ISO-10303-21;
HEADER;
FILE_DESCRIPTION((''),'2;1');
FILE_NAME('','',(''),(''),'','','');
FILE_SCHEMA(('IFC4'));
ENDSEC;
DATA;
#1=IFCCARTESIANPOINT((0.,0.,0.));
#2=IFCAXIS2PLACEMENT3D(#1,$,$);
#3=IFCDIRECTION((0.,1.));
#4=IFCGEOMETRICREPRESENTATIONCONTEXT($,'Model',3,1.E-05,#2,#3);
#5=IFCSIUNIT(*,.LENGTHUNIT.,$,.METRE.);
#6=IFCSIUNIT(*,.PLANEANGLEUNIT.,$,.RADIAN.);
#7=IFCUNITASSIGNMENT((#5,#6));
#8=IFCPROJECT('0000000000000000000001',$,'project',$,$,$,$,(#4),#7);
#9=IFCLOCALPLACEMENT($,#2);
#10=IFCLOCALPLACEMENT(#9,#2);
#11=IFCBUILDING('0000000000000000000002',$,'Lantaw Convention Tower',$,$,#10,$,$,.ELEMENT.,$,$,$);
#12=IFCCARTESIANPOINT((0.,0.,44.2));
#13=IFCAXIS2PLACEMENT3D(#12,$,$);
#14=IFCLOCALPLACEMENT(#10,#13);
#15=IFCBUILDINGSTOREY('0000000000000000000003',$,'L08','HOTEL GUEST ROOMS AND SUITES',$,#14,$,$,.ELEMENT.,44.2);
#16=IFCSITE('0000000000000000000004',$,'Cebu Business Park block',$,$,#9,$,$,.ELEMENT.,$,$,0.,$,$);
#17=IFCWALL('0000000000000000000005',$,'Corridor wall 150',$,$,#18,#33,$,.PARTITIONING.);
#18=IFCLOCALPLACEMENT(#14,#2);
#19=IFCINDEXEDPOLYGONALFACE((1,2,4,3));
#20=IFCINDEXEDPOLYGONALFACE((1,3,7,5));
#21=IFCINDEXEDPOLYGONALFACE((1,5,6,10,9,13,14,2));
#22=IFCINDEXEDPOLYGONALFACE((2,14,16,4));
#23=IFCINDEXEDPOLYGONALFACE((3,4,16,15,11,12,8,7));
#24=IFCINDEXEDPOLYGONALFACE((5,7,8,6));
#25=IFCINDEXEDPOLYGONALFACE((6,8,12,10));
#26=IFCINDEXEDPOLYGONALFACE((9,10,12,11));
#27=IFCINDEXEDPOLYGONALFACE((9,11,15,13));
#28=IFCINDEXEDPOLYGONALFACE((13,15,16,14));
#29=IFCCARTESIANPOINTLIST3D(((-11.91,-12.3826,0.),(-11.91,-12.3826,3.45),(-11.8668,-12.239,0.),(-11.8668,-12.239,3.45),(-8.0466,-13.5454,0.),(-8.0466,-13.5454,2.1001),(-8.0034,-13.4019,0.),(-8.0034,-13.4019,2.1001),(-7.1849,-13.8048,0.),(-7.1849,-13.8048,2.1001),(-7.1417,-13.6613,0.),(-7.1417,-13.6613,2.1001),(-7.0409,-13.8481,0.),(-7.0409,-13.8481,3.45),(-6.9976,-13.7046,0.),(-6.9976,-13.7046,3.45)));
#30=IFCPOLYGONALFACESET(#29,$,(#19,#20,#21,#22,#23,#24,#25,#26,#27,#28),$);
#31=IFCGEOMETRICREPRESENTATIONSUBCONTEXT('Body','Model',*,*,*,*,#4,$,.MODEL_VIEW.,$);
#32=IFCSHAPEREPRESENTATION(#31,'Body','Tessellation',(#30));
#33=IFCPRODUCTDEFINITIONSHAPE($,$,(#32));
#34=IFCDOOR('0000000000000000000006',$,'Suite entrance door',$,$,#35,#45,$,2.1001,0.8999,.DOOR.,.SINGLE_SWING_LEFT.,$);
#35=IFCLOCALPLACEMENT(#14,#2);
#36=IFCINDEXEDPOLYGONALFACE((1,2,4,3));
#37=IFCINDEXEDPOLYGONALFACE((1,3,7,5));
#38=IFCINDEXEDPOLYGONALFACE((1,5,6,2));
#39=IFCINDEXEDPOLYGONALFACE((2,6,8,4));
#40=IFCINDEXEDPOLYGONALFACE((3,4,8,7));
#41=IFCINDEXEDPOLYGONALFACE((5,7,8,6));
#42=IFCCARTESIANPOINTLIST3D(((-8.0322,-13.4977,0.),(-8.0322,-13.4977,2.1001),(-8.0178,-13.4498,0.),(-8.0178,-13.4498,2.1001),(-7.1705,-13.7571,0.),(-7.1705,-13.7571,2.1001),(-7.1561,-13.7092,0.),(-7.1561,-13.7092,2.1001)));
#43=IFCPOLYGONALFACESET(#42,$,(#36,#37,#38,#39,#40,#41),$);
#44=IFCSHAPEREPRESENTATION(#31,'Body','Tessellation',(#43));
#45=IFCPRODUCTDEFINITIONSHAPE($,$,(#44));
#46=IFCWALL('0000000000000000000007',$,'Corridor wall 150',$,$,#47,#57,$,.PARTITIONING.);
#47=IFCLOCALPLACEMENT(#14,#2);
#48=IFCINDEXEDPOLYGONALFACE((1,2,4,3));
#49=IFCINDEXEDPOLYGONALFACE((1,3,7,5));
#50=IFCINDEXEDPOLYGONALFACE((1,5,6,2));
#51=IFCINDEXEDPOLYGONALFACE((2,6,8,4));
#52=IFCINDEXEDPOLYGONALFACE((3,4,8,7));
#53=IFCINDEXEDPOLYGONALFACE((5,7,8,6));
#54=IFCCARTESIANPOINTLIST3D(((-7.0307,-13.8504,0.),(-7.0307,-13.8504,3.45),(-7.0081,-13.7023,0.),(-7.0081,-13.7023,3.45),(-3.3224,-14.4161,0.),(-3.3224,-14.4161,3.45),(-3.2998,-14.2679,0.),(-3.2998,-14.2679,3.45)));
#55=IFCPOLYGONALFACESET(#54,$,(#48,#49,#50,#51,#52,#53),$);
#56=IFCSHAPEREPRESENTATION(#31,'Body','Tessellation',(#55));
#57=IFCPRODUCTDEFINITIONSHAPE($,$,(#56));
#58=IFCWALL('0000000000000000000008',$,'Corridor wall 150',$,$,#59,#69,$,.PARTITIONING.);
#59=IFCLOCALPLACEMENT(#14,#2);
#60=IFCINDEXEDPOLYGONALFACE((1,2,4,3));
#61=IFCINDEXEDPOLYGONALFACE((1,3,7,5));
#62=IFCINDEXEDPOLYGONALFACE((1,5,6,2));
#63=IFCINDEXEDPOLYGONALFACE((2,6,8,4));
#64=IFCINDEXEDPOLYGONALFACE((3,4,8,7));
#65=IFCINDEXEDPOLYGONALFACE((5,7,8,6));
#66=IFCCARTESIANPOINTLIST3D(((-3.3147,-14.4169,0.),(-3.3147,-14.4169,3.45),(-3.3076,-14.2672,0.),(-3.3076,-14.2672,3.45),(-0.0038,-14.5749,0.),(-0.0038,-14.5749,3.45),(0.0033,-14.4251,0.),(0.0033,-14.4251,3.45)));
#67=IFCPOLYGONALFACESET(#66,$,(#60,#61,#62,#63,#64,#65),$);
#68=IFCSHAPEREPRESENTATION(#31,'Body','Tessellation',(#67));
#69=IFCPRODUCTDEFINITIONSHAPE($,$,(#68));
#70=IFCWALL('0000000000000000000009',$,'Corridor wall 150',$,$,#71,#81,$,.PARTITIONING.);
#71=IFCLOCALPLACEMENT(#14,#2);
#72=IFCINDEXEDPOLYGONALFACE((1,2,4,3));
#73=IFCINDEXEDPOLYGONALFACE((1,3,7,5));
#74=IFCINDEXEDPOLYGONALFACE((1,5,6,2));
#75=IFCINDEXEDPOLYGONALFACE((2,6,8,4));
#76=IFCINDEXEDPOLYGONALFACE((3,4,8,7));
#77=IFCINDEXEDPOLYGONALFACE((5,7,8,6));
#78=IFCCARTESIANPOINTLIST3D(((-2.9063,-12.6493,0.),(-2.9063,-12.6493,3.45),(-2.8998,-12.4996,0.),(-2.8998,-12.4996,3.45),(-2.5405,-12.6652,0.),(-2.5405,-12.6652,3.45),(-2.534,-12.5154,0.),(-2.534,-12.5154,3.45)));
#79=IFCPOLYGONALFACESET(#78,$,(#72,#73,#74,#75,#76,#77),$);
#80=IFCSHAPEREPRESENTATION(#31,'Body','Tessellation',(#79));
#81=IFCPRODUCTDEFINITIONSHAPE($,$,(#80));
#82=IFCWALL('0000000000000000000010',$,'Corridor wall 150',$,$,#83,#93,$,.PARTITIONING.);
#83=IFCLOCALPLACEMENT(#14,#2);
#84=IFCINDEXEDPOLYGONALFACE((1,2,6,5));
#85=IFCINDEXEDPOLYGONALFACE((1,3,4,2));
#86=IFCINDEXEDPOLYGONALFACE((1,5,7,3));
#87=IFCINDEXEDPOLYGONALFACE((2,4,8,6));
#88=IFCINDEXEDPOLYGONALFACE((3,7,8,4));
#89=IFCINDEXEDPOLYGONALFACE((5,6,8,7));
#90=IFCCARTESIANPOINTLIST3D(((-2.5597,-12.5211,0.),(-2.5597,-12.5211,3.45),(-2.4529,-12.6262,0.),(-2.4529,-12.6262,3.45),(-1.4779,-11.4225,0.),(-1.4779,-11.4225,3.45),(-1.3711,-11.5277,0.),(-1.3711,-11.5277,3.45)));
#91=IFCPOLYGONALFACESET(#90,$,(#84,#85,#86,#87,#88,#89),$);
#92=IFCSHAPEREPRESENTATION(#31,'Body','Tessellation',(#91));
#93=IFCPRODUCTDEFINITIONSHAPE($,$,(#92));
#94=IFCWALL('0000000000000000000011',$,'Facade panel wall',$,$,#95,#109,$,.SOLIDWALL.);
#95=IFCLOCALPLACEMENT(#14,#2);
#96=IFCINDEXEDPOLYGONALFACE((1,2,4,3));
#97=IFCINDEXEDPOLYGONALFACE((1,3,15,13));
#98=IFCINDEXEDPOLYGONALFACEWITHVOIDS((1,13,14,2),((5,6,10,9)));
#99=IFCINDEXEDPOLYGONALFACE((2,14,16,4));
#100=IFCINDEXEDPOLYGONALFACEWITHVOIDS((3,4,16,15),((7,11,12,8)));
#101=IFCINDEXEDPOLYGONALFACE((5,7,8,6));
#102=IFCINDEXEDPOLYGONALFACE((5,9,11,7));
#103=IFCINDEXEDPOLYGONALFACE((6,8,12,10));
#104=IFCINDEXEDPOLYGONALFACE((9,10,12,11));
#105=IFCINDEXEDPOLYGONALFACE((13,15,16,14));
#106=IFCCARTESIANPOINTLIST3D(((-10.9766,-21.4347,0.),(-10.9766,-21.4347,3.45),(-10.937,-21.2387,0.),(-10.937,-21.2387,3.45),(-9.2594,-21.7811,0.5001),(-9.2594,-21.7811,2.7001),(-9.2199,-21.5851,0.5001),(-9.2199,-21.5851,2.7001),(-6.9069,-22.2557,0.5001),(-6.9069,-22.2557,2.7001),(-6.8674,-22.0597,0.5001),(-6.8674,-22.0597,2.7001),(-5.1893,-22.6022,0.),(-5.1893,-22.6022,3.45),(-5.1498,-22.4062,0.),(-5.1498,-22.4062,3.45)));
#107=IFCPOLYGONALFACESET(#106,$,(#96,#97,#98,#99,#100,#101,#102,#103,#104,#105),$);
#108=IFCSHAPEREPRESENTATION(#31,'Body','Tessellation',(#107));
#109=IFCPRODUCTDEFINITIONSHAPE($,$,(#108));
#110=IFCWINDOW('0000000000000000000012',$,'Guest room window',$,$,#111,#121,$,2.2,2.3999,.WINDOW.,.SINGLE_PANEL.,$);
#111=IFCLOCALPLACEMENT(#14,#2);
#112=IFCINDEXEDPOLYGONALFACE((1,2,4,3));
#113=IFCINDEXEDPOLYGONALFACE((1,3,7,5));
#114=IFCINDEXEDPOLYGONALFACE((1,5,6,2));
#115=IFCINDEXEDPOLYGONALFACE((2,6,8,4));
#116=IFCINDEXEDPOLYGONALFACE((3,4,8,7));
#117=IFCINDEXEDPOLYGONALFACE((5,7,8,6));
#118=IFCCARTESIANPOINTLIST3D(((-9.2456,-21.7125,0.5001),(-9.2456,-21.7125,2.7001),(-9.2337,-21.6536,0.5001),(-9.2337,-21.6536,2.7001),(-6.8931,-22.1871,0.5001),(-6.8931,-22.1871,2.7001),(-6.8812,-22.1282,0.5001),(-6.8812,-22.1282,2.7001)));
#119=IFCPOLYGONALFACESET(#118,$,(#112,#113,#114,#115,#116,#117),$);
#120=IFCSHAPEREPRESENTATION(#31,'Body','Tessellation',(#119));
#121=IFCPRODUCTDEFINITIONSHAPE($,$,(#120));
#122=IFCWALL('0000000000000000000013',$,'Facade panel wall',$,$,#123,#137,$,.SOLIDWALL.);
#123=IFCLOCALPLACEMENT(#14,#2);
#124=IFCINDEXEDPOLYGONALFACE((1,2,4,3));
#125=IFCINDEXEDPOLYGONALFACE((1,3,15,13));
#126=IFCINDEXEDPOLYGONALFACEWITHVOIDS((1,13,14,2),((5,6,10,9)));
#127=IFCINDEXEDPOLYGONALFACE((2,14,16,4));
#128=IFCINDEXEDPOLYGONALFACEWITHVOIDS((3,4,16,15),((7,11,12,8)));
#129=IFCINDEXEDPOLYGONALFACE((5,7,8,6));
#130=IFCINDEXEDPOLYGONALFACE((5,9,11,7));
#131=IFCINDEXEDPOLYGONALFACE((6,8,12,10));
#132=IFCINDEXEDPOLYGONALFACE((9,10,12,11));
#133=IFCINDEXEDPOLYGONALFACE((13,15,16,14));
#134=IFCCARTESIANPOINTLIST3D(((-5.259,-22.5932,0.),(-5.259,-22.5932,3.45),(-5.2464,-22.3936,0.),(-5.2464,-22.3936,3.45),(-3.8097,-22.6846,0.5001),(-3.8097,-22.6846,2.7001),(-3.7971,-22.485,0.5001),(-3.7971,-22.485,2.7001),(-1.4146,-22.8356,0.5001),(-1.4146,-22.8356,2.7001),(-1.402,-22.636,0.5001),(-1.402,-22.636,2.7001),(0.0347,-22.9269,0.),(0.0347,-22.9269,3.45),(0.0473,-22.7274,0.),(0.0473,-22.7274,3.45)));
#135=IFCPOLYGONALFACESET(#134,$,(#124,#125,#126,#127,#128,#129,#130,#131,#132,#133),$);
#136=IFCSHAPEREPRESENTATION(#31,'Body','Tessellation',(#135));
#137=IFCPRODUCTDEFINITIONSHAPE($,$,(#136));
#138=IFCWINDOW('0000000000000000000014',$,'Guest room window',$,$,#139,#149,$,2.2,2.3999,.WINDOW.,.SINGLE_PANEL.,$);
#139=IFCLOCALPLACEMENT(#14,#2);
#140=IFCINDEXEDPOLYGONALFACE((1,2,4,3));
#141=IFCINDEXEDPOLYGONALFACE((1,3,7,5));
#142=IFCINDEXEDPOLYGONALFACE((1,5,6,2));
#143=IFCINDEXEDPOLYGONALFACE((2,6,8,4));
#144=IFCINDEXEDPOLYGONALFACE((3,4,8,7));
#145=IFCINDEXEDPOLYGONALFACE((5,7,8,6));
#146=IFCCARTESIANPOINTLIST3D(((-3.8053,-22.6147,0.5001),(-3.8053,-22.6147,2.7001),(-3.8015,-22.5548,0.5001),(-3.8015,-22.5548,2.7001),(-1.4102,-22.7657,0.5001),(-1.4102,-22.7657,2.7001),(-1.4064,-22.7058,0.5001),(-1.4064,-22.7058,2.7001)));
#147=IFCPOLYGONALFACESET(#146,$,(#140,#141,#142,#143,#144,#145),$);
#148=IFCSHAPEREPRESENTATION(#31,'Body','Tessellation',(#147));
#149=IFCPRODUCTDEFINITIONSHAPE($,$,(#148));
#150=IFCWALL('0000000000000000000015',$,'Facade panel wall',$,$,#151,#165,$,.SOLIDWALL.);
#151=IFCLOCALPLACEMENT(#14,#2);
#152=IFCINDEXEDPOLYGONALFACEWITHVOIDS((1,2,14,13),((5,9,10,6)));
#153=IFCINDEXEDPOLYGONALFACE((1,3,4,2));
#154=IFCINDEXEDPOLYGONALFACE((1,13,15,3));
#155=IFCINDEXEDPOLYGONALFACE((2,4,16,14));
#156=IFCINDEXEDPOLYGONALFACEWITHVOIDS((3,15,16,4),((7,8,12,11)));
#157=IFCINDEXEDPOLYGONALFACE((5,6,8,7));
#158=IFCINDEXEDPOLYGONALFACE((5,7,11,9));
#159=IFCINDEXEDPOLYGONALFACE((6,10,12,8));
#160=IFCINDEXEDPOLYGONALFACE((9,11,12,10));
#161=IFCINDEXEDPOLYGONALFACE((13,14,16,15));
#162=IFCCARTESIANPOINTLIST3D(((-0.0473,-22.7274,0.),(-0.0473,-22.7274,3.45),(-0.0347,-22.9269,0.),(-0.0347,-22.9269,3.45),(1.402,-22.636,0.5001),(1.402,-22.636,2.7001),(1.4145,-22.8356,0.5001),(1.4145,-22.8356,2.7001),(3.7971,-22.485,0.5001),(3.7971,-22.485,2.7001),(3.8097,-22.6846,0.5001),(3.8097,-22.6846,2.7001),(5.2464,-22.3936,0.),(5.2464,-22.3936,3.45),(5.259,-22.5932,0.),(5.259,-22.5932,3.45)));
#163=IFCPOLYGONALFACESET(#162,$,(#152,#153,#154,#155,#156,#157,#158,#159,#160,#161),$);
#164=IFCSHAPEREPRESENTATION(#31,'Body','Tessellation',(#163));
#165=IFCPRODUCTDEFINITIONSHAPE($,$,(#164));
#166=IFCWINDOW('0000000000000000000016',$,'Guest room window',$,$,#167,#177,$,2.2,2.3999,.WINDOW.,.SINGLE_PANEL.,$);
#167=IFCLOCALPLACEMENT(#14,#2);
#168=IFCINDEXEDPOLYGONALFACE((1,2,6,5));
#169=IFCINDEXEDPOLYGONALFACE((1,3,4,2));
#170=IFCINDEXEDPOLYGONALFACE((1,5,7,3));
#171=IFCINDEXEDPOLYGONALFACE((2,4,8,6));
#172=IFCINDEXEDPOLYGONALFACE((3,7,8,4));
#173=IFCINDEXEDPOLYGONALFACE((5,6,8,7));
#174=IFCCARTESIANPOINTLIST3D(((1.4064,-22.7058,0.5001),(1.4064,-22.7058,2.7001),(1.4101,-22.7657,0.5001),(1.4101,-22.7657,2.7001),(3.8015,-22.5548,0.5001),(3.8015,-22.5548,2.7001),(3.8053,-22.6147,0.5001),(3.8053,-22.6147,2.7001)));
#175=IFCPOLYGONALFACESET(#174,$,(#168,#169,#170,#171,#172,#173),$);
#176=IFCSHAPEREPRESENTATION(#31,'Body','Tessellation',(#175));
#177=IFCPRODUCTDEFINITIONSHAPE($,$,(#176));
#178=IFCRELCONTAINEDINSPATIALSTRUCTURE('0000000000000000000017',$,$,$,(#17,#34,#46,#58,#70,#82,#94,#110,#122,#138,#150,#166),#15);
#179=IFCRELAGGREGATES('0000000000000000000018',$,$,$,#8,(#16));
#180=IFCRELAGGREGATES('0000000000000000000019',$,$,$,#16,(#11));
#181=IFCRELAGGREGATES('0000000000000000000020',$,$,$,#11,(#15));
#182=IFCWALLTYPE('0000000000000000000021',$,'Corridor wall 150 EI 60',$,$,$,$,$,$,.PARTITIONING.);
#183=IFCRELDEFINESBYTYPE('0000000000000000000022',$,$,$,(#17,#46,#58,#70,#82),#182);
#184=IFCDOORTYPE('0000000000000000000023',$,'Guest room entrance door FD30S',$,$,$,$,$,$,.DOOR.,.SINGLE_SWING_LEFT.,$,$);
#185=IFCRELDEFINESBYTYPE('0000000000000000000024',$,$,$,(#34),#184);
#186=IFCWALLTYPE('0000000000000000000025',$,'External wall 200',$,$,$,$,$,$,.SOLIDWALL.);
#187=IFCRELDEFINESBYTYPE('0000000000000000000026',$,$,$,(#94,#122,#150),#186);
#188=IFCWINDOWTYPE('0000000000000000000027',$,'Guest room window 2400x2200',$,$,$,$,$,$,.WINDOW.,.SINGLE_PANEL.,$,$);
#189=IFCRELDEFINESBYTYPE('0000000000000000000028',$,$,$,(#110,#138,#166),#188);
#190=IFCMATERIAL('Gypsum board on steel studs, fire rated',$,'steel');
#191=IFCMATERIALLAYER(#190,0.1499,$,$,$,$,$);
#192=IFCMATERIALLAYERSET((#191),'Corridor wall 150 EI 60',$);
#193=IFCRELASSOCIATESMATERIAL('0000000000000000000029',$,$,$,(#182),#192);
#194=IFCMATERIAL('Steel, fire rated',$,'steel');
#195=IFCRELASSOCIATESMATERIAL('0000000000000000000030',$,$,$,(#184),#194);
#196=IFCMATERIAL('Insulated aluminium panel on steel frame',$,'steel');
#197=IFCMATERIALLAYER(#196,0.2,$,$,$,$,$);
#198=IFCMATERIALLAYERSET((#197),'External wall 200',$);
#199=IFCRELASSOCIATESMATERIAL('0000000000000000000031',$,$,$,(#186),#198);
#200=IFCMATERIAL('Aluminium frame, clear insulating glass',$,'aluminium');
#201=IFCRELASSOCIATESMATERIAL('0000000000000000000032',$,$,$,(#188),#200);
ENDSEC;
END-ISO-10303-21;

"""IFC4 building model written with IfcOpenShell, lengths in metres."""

from ifc_helpers import new_model, si_unit, direction, frame, frame_2d, origin, place, context, subcontext, project, spatial, rectangle, extrude, material, layer, layer_set, type_object, element, fill, save


model = new_model("IFC4")

# Units and contexts
model_context = context("Model", 3, precision=1e-05, world=origin(), true_north=direction((0.0, 1.0)))
body_context = subcontext(model_context, "Body", "Model", "MODEL_VIEW")
ifc_project = project(units=[si_unit("LENGTHUNIT", "METRE"), si_unit("PLANEANGLEUNIT", "RADIAN")], contexts=[model_context])

# Site, building, storey
site_placement = place(None, origin())
site = spatial("IfcSite", under=ifc_project, at=site_placement, Name="Cebu Business Park block", CompositionType="ELEMENT", RefElevation=0.0)
building_placement = place(site_placement, origin())
building = spatial("IfcBuilding", under=site, at=building_placement, Name="Lantaw Convention Tower", CompositionType="ELEMENT")
storey_placement = place(building_placement, frame((0.0, 0.0, 44.2)))
storey = spatial("IfcBuildingStorey", under=building, at=storey_placement, Name="L08", Description="HOTEL GUEST ROOMS AND SUITES", CompositionType="ELEMENT", Elevation=44.2)

# Wall, opening, door
ifc_material_1 = material(Name="Gypsum board on steel studs, fire rated", Category="steel")
ifc_layer_1 = layer(ifc_material_1, 0.1499)
ifc_layer_set_1 = layer_set([ifc_layer_1], Name="Corridor wall 150 EI 60")
wall_type_1 = type_object("IfcWallType", Name="Corridor wall 150 EI 60", PredefinedType="PARTITIONING", material=ifc_layer_set_1)
wall_1_placement = place(storey_placement, frame((-11.8884, -12.3108, 0.0), z_axis=(0.0, 0.0, 1.0), x_axis=(0.957564, -0.28822, 0.0)))
wall_1 = element("IfcWall", 1, at=wall_1_placement, inside=storey, type_object=wall_type_1, Name="Corridor wall 150", PredefinedType="PARTITIONING", context=body_context, shape_type="SweptSolid", body=[
    extrude(rectangle(XDim=5.085, YDim=0.1499, at=frame_2d((2.5425, 0.0))), origin(), (0.0, 0.0, 1.0), 3.45),
])
opening_1_placement = place(wall_1_placement, frame((4.0347, 0.0, 0.0)))
opening_1 = element("IfcOpeningElement", 2, at=opening_1_placement, cuts=wall_1, PredefinedType="OPENING", context=body_context, shape_type="SweptSolid", body=[
    extrude(rectangle(XDim=0.8999, YDim=2.1001, at=frame_2d((0.45, 1.05))), frame((0.0, 0.085, 0.0), z_axis=(0.0, -1.0, 0.0), x_axis=(1.0, 0.0, 0.0)), (0.0, 0.0, 1.0), 0.1699),
])
ifc_material_2 = material(Name="Steel, fire rated", Category="steel")
door_type_1 = type_object("IfcDoorType", Name="Guest room entrance door FD30S", OperationType="SINGLE_SWING_LEFT", PredefinedType="DOOR", material=ifc_material_2)
door_1_placement = place(opening_1_placement, origin())
door_1 = element("IfcDoor", 3, at=door_1_placement, inside=storey, type_object=door_type_1, Name="Suite entrance door", OperationType="SINGLE_SWING_LEFT", OverallHeight=2.1001, OverallWidth=0.8999, PredefinedType="DOOR", context=body_context, shape_type="SweptSolid", body=[
    extrude(rectangle(XDim=0.8999, YDim=2.1001, at=frame_2d((0.45, 1.05))), frame((0.0, 0.0249, 0.0), z_axis=(0.0, -1.0, 0.0), x_axis=(1.0, 0.0, 0.0)), (0.0, 0.0, 1.0), 0.05),
])
fill(opening_1, door_1)

# Walls
wall_2_placement = place(storey_placement, frame((-7.0193, -13.7764, 0.0), z_axis=(0.0, 0.0, 1.0), x_axis=(0.988564, -0.1508, 0.0)))
element("IfcWall", 4, at=wall_2_placement, inside=storey, type_object=wall_type_1, Name="Corridor wall 150", PredefinedType="PARTITIONING", context=body_context, shape_type="SweptSolid", body=[
    extrude(rectangle(XDim=3.7512, YDim=0.1499, at=frame_2d((1.8755, 0.0))), origin(), (0.0, 0.0, 1.0), 3.45),
])
wall_3_placement = place(storey_placement, frame((-3.311, -14.342, 0.0), z_axis=(0.0, 0.0, 1.0), x_axis=(0.998864, -0.047653, 0.0)))
element("IfcWall", 5, at=wall_3_placement, inside=storey, type_object=wall_type_1, Name="Corridor wall 150", PredefinedType="PARTITIONING", context=body_context, shape_type="SweptSolid", body=[
    extrude(rectangle(XDim=3.3147, YDim=0.1499, at=frame_2d((1.6572, 0.0))), origin(), (0.0, 0.0, 1.0), 3.45),
])
wall_4_placement = place(storey_placement, frame((-2.9031, -12.5745, 0.0), z_axis=(0.0, 0.0, 1.0), x_axis=(0.999061, -0.043322, 0.0)))
element("IfcWall", 6, at=wall_4_placement, inside=storey, type_object=wall_type_1, Name="Corridor wall 150", PredefinedType="PARTITIONING", context=body_context, shape_type="SweptSolid", body=[
    extrude(rectangle(XDim=0.3662, YDim=0.1499, at=frame_2d((0.1831, 0.0))), origin(), (0.0, 0.0, 1.0), 3.45),
])
wall_5_placement = place(storey_placement, frame((-2.5063, -12.5737, 0.0), z_axis=(0.0, 0.0, 1.0), x_axis=(0.701623, 0.712549, 0.0)))
element("IfcWall", 7, at=wall_5_placement, inside=storey, type_object=wall_type_1, Name="Corridor wall 150", PredefinedType="PARTITIONING", context=body_context, shape_type="SweptSolid", body=[
    extrude(rectangle(XDim=1.5417, YDim=0.1499, at=frame_2d((0.771, 0.0))), origin(), (0.0, 0.0, 1.0), 3.45),
])

# Walls, openings, windows
ifc_material_3 = material(Name="Insulated aluminium panel on steel frame", Category="steel")
ifc_layer_2 = layer(ifc_material_3, 0.2)
ifc_layer_set_2 = layer_set([ifc_layer_2], Name="External wall 200")
wall_type_2 = type_object("IfcWallType", Name="External wall 200", PredefinedType="SOLIDWALL", material=ifc_layer_set_2)
wall_6_placement = place(storey_placement, frame((-10.9568, -21.3367, 0.0), z_axis=(0.0, 0.0, 1.0), x_axis=(0.980252, -0.197754, 0.0)))
wall_6 = element("IfcWall", 8, at=wall_6_placement, inside=storey, type_object=wall_type_2, Name="Facade panel wall", PredefinedType="SOLIDWALL", context=body_context, shape_type="SweptSolid", body=[
    extrude(rectangle(XDim=5.9038, YDim=0.2, at=frame_2d((2.9519, 0.0))), origin(), (0.0, 0.0, 1.0), 3.45),
])
opening_2_placement = place(wall_6_placement, frame((1.7517, 0.0, 0.5)))
opening_2 = element("IfcOpeningElement", 9, at=opening_2_placement, cuts=wall_6, PredefinedType="OPENING", context=body_context, shape_type="SweptSolid", body=[
    extrude(rectangle(XDim=2.3999, YDim=2.2, at=frame_2d((1.2, 1.1001))), frame((0.0, 0.1099, 0.0), z_axis=(0.0, -1.0, 0.0), x_axis=(1.0, 0.0, 0.0)), (0.0, 0.0, 1.0), 0.22),
])
ifc_material_4 = material(Name="Aluminium frame, clear insulating glass", Category="aluminium")
window_type = type_object("IfcWindowType", Name="Guest room window 2400x2200", PartitioningType="SINGLE_PANEL", PredefinedType="WINDOW", material=ifc_material_4)
window_1_placement = place(opening_2_placement, origin())
window_1 = element("IfcWindow", 10, at=window_1_placement, inside=storey, type_object=window_type, Name="Guest room window", OverallHeight=2.2, OverallWidth=2.3999, PartitioningType="SINGLE_PANEL", PredefinedType="WINDOW", context=body_context, shape_type="SweptSolid", body=[
    extrude(rectangle(XDim=2.3999, YDim=2.2, at=frame_2d((1.2, 1.1001))), frame((0.0, 0.03, 0.0), z_axis=(0.0, -1.0, 0.0), x_axis=(1.0, 0.0, 0.0)), (0.0, 0.0, 1.0), 0.0601),
])
fill(opening_2, window_1)
wall_7_placement = place(storey_placement, frame((-5.2527, -22.4934, 0.0), z_axis=(0.0, 0.0, 1.0), x_axis=(0.998019, -0.06292, 0.0)))
wall_7 = element("IfcWall", 11, at=wall_7_placement, inside=storey, type_object=wall_type_2, Name="Facade panel wall", PredefinedType="SOLIDWALL", context=body_context, shape_type="SweptSolid", body=[
    extrude(rectangle(XDim=5.3042, YDim=0.2, at=frame_2d((2.6521, 0.0))), origin(), (0.0, 0.0, 1.0), 3.45),
])
opening_3_placement = place(wall_7_placement, frame((1.4521, 0.0, 0.5)))
opening_3 = element("IfcOpeningElement", 12, at=opening_3_placement, cuts=wall_7, PredefinedType="OPENING", context=body_context, shape_type="SweptSolid", body=[
    extrude(rectangle(XDim=2.3999, YDim=2.2, at=frame_2d((1.2, 1.1001))), frame((0.0, 0.1099, 0.0), z_axis=(0.0, -1.0, 0.0), x_axis=(1.0, 0.0, 0.0)), (0.0, 0.0, 1.0), 0.22),
])
window_2_placement = place(opening_3_placement, origin())
window_2 = element("IfcWindow", 13, at=window_2_placement, inside=storey, type_object=window_type, Name="Guest room window", OverallHeight=2.2, OverallWidth=2.3999, PartitioningType="SINGLE_PANEL", PredefinedType="WINDOW", context=body_context, shape_type="SweptSolid", body=[
    extrude(rectangle(XDim=2.3999, YDim=2.2, at=frame_2d((1.2, 1.1001))), frame((0.0, 0.03, 0.0), z_axis=(0.0, -1.0, 0.0), x_axis=(1.0, 0.0, 0.0)), (0.0, 0.0, 1.0), 0.0601),
])
fill(opening_3, window_2)
wall_8_placement = place(storey_placement, frame((-0.041, -22.8271, 0.0), z_axis=(0.0, 0.0, 1.0), x_axis=(0.998019, 0.06292, 0.0)))
wall_8 = element("IfcWall", 14, at=wall_8_placement, inside=storey, type_object=wall_type_2, Name="Facade panel wall", PredefinedType="SOLIDWALL", context=body_context, shape_type="SweptSolid", body=[
    extrude(rectangle(XDim=5.3042, YDim=0.2, at=frame_2d((2.6521, 0.0))), origin(), (0.0, 0.0, 1.0), 3.45),
])
opening_4_placement = place(wall_8_placement, frame((1.4521, 0.0, 0.5)))
opening_4 = element("IfcOpeningElement", 15, at=opening_4_placement, cuts=wall_8, PredefinedType="OPENING", context=body_context, shape_type="SweptSolid", body=[
    extrude(rectangle(XDim=2.3999, YDim=2.2, at=frame_2d((1.2, 1.1001))), frame((0.0, 0.1099, 0.0), z_axis=(0.0, -1.0, 0.0), x_axis=(1.0, 0.0, 0.0)), (0.0, 0.0, 1.0), 0.22),
])
window_3_placement = place(opening_4_placement, origin())
window_3 = element("IfcWindow", 16, at=window_3_placement, inside=storey, type_object=window_type, Name="Guest room window", OverallHeight=2.2, OverallWidth=2.3999, PartitioningType="SINGLE_PANEL", PredefinedType="WINDOW", context=body_context, shape_type="SweptSolid", body=[
    extrude(rectangle(XDim=2.3999, YDim=2.2, at=frame_2d((1.2, 1.1001))), frame((0.0, 0.03, 0.0), z_axis=(0.0, -1.0, 0.0), x_axis=(1.0, 0.0, 0.0)), (0.0, 0.0, 1.0), 0.0601),
])
fill(opening_4, window_3)

save(model, "model.ifc")
